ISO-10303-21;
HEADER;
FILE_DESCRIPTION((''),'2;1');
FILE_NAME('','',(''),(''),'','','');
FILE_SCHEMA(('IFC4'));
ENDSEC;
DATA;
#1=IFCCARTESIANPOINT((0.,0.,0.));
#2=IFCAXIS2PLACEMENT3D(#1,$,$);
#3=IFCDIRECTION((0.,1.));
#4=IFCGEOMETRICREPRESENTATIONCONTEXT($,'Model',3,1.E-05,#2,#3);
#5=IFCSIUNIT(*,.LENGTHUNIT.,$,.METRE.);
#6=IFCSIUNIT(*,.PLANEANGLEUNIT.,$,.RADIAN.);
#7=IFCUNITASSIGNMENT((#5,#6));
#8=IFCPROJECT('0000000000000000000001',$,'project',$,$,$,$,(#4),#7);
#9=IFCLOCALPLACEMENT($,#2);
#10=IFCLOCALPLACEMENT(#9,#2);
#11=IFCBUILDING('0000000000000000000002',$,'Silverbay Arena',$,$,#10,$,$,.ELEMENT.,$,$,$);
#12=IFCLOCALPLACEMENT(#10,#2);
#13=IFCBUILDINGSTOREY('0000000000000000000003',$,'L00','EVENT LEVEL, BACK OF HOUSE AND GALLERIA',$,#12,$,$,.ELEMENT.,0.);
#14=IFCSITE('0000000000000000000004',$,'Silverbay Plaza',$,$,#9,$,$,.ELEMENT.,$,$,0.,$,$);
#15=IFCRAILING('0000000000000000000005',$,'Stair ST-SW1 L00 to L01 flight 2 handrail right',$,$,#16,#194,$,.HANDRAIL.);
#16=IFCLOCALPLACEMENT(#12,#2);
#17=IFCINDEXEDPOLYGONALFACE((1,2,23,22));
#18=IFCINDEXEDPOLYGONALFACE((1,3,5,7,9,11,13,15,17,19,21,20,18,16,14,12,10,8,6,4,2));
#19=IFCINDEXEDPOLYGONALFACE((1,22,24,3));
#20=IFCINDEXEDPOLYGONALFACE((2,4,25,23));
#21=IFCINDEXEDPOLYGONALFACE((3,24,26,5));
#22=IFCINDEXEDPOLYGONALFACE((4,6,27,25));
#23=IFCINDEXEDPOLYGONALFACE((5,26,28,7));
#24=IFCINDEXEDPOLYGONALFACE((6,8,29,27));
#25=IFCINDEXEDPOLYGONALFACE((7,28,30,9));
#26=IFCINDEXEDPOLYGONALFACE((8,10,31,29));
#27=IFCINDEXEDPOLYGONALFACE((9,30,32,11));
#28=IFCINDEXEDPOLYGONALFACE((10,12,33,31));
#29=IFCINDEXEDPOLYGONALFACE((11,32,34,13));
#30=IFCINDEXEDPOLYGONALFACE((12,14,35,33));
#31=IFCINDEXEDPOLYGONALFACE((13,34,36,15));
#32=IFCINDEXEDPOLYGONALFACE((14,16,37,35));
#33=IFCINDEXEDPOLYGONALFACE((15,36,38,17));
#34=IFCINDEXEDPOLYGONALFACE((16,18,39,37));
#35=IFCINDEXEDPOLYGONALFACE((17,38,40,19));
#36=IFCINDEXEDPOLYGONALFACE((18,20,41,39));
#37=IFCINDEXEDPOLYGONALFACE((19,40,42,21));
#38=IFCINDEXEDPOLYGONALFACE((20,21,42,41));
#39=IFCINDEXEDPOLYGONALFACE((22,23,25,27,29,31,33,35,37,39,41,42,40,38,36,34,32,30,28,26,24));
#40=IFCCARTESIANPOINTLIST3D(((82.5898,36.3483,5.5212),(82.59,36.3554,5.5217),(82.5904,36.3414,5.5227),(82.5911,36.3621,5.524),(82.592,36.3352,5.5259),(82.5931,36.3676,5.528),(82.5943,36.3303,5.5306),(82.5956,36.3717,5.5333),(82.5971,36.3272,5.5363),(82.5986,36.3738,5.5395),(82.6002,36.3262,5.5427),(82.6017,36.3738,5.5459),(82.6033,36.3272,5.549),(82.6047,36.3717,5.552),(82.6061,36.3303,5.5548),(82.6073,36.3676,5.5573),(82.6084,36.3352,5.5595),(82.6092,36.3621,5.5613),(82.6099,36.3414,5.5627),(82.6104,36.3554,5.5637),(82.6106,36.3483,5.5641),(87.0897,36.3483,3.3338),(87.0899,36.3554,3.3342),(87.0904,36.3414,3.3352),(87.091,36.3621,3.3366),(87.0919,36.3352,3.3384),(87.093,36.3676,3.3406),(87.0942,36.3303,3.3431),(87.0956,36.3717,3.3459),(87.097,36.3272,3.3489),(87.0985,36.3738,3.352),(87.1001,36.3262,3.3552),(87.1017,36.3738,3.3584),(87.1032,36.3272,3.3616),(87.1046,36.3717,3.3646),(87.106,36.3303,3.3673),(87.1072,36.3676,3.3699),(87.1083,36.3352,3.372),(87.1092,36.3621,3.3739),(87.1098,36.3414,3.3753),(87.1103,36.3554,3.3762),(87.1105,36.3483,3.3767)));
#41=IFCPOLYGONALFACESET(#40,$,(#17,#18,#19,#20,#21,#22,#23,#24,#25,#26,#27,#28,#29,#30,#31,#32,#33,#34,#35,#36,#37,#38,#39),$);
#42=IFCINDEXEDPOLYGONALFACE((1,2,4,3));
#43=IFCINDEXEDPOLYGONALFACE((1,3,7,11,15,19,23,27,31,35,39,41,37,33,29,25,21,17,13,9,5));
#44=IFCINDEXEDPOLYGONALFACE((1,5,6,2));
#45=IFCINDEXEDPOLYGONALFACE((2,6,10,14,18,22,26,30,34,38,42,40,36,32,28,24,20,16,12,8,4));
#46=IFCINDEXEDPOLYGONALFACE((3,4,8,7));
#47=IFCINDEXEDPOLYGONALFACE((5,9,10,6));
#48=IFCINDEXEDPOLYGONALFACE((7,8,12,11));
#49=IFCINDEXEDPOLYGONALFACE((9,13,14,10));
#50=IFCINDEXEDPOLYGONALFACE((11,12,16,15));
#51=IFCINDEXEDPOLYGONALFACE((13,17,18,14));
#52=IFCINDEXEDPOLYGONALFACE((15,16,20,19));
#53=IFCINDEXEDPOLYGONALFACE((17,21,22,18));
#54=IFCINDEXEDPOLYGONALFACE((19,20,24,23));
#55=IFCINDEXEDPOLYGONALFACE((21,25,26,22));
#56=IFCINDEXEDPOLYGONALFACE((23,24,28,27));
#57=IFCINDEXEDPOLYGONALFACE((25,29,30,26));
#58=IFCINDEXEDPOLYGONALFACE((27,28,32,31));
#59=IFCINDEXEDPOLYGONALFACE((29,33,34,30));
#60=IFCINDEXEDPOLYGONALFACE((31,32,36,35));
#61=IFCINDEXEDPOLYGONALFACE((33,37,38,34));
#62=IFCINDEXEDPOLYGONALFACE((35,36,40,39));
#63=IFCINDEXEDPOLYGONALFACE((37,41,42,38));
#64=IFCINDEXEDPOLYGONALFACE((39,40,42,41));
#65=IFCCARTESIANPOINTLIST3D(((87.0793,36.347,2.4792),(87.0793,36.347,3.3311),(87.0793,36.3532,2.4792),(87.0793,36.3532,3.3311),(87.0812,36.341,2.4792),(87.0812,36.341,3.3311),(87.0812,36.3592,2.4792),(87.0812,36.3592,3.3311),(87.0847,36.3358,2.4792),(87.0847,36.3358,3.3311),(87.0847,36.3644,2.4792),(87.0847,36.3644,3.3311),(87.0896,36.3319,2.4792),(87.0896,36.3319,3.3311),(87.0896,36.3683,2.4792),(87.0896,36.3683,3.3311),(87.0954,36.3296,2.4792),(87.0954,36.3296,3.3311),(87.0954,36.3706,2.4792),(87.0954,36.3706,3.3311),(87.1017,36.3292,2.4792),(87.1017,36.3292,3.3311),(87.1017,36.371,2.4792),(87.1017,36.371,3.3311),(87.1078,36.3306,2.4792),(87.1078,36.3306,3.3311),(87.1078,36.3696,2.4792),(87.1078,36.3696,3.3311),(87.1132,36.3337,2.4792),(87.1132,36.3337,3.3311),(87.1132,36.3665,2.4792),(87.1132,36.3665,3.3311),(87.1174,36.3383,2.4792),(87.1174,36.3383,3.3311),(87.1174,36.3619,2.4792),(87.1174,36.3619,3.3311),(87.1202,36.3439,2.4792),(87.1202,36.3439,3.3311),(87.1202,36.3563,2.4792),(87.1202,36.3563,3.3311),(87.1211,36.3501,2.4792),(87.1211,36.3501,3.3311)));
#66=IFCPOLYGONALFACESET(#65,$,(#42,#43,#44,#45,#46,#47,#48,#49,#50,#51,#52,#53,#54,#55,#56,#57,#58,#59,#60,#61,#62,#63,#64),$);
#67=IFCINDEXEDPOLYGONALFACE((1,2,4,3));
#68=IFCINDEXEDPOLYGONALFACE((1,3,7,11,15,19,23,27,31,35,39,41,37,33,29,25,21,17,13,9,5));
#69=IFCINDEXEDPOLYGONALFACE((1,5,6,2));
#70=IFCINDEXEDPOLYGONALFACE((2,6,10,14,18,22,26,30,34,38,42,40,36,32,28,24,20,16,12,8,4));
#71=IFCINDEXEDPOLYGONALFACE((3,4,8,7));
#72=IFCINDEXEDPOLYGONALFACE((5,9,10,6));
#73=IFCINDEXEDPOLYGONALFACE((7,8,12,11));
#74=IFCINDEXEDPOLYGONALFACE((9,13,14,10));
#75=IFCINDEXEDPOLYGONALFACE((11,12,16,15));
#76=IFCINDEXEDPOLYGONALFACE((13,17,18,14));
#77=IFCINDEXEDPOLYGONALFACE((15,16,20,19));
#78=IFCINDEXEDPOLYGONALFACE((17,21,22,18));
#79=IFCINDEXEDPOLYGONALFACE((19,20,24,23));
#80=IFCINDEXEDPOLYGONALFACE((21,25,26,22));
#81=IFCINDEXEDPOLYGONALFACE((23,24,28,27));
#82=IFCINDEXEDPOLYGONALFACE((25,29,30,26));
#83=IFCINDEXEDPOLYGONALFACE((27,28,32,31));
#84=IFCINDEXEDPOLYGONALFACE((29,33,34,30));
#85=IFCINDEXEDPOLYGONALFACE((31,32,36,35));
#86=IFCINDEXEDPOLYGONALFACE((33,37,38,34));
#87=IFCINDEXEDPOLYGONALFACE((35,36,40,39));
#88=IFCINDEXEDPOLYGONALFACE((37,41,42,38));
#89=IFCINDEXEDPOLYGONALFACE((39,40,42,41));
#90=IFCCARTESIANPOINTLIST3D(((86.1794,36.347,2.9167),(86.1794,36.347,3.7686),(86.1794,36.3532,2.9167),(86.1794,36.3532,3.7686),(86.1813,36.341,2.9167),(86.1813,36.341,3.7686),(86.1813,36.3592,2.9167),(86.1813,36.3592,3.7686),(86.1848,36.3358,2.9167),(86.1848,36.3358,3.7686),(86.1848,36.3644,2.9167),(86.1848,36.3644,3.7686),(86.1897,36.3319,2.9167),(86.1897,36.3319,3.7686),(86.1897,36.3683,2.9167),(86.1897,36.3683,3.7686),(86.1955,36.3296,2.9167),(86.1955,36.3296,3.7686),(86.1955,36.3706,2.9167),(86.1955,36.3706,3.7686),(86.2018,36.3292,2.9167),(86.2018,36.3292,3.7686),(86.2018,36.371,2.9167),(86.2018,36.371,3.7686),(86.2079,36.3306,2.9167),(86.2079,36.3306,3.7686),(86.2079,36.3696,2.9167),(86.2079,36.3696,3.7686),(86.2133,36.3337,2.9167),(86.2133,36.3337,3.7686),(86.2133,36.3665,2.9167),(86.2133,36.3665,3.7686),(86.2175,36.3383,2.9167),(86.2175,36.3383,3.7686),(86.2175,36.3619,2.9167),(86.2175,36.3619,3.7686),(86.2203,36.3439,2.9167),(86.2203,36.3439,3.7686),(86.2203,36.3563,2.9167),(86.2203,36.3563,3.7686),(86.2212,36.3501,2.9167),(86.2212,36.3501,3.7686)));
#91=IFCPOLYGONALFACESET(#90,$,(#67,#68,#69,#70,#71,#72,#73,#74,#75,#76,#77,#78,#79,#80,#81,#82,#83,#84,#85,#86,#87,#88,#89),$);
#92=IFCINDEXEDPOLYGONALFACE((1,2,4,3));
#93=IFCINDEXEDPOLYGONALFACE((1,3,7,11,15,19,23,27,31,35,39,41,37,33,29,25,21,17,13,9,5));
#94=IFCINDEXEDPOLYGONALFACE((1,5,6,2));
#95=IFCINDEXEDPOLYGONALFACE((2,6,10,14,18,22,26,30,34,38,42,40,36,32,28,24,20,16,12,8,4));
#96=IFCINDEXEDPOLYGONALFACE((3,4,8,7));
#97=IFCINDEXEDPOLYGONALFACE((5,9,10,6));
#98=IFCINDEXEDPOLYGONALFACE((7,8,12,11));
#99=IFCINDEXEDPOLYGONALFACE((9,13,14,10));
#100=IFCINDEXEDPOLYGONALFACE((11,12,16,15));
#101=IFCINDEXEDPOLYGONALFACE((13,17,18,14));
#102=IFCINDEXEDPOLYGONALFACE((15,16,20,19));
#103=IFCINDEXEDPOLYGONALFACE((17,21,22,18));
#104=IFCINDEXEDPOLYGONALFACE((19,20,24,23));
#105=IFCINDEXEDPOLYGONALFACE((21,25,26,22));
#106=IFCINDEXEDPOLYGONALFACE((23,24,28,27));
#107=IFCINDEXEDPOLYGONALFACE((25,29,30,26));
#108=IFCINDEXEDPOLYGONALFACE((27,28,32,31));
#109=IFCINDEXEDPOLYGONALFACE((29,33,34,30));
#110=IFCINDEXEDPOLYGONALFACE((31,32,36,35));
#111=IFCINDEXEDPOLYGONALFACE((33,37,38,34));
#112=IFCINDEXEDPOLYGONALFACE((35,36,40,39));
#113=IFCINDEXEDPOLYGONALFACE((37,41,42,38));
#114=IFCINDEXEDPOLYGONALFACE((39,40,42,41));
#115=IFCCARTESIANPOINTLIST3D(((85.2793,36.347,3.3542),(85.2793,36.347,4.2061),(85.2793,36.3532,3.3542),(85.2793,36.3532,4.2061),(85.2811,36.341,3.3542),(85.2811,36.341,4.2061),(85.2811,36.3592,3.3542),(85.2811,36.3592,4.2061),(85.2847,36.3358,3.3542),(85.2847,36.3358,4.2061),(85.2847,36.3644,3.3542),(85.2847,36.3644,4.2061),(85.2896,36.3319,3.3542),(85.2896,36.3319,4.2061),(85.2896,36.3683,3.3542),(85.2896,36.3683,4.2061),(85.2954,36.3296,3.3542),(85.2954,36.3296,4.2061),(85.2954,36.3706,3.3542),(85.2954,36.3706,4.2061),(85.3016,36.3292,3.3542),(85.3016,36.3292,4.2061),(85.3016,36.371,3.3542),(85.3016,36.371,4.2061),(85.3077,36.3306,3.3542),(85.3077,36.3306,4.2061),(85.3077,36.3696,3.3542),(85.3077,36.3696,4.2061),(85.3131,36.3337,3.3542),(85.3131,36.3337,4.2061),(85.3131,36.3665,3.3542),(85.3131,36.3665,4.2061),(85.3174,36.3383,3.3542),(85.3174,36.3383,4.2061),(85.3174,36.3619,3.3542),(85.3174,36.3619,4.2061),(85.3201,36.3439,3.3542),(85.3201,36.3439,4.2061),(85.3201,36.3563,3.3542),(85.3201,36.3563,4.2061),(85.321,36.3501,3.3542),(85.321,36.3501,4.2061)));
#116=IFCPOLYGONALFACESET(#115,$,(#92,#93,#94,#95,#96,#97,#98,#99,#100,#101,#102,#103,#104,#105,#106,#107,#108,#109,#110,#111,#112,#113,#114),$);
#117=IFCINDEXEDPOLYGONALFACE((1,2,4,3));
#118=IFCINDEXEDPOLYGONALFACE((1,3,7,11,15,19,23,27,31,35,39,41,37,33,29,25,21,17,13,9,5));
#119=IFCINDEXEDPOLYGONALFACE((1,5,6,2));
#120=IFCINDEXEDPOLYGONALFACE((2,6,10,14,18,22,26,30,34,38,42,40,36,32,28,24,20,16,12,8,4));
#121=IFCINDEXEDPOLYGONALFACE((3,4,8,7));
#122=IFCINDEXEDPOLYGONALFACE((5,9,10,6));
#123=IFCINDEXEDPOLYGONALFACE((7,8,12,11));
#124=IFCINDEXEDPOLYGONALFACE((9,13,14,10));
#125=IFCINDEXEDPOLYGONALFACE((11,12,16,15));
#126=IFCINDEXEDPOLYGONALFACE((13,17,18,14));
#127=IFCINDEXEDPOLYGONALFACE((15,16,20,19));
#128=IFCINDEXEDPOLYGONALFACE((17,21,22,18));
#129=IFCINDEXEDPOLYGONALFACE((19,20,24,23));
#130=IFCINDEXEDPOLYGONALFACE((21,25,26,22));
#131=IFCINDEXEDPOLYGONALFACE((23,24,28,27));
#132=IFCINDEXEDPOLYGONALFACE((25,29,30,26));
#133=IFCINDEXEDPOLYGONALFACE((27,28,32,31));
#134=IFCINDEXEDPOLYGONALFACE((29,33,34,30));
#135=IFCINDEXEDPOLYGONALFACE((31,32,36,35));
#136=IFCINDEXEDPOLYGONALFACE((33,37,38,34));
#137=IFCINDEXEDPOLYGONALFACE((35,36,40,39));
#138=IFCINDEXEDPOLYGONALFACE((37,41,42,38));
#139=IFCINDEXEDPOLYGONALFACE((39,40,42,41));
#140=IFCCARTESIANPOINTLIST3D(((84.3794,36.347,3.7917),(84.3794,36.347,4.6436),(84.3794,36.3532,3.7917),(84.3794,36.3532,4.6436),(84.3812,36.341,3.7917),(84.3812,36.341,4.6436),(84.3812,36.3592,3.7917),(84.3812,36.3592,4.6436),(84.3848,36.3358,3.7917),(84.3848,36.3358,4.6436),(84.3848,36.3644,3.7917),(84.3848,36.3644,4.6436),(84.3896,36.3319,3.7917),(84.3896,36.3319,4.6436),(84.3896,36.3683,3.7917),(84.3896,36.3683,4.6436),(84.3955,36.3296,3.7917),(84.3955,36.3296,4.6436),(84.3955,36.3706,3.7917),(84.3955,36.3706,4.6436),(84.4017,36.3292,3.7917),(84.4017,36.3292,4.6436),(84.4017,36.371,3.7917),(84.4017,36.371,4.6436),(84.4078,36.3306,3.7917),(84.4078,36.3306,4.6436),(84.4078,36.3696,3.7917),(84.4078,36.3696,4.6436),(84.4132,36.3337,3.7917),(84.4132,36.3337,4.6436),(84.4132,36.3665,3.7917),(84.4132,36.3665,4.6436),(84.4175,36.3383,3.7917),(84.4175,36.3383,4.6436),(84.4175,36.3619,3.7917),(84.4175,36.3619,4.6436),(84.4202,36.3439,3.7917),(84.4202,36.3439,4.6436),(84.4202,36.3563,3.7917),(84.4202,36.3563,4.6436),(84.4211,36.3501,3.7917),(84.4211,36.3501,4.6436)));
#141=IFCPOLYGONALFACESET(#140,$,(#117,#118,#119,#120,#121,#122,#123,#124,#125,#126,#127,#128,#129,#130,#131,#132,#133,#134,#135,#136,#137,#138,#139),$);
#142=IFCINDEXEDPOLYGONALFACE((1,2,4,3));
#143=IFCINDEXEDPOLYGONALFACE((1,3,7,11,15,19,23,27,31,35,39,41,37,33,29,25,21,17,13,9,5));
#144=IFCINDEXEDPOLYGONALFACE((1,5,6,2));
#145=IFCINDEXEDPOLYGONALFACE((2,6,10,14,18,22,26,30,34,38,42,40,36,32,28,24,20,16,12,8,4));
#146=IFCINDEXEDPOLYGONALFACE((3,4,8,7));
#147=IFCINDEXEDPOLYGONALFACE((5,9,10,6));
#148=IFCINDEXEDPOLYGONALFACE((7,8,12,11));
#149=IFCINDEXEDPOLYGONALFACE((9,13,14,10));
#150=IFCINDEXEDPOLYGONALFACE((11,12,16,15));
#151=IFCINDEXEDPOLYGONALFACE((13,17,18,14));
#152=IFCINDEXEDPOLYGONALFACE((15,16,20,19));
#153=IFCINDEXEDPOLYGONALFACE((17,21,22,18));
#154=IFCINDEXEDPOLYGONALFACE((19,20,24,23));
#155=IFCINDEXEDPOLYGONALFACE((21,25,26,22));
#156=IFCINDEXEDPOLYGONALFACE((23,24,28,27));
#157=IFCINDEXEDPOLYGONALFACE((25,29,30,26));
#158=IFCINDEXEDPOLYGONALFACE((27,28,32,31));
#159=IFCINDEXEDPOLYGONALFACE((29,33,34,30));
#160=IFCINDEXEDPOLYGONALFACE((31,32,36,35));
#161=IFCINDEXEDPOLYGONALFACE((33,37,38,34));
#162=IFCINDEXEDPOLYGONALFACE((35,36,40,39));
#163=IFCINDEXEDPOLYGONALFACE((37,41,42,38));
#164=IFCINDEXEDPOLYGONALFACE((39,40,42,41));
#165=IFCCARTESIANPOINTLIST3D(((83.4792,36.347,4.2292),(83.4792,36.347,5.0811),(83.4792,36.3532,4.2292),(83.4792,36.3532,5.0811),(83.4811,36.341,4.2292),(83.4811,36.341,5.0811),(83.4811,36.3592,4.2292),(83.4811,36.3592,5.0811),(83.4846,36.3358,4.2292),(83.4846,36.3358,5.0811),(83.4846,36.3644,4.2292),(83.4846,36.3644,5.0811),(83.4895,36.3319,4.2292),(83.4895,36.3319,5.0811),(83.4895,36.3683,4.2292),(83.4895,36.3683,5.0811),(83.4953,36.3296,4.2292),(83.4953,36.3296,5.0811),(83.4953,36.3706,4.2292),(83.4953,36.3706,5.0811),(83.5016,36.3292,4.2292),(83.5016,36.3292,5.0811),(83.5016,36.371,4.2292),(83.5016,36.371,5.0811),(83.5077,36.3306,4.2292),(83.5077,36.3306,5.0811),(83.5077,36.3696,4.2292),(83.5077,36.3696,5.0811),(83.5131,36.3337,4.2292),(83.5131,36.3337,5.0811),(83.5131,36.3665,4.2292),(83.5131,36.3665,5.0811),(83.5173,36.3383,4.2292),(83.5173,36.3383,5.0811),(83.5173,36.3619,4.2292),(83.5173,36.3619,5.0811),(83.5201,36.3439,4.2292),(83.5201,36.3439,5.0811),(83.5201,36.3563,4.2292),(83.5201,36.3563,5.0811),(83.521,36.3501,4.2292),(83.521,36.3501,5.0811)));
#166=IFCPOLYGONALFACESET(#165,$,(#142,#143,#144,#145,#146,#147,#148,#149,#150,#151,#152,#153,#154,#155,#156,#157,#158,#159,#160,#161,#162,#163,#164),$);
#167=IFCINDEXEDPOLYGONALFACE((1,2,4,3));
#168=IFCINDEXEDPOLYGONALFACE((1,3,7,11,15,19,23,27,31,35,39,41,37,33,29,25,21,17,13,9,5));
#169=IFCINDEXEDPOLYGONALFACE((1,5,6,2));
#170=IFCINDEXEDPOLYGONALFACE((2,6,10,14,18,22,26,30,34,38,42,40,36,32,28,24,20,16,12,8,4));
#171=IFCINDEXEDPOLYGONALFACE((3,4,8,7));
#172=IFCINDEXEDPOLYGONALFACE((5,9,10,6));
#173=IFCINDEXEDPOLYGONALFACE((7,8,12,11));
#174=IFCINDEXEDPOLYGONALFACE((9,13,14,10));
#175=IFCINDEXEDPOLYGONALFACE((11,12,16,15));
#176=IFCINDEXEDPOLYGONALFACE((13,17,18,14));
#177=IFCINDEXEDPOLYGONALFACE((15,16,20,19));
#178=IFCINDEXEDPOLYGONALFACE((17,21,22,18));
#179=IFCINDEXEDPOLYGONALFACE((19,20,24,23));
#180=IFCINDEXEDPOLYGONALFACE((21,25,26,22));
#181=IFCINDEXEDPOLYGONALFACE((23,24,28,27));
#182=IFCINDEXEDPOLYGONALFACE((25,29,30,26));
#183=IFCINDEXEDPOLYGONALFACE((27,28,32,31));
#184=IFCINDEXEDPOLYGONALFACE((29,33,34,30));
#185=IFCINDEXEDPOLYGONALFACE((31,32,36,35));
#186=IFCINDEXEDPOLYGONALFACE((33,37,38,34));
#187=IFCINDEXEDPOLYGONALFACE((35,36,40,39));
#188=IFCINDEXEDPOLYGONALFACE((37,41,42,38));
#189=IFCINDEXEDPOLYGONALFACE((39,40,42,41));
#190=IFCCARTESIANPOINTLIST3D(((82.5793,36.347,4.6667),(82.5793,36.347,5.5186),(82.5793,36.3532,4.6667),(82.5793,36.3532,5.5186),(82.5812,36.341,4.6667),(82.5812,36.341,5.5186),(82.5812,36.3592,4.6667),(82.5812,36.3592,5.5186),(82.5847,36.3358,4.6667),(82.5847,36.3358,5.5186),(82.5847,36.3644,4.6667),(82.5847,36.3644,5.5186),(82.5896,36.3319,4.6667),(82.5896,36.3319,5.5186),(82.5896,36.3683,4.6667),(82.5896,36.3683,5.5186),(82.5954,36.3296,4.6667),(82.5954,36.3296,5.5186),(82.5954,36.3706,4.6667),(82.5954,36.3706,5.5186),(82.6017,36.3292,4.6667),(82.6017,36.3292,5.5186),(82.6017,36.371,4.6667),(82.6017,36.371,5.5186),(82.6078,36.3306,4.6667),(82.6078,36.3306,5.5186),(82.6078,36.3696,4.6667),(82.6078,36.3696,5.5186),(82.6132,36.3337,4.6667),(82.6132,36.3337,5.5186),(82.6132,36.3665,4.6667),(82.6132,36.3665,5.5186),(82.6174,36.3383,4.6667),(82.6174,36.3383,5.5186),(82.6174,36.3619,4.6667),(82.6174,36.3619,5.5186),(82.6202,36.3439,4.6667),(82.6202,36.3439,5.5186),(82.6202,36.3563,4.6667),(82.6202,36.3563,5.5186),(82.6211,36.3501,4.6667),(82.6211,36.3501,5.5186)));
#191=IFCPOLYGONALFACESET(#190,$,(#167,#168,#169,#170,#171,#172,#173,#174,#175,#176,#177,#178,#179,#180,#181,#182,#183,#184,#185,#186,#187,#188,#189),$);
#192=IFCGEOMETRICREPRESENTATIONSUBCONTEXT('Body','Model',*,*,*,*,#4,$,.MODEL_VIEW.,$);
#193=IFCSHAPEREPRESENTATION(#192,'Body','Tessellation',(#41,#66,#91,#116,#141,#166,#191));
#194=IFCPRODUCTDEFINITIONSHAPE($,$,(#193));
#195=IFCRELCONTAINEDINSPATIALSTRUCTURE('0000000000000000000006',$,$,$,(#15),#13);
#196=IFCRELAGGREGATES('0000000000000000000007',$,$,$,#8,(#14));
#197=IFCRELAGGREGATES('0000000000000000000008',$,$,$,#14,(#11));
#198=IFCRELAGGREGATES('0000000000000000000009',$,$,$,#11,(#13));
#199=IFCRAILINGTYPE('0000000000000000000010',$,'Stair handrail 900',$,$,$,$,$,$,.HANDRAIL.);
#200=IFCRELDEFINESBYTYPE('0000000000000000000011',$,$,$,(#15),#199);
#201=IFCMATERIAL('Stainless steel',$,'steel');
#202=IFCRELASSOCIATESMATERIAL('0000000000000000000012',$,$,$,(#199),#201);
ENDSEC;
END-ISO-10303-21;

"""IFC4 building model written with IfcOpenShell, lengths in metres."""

from ifc_helpers import new_model, si_unit, direction, frame, origin, origin_2d, place, context, subcontext, project, spatial, circle, extrude, material, type_object, element, save


model = new_model("IFC4")

# Units and contexts
model_context = context("Model", 3, precision=1e-05, world=origin(), true_north=direction((0.0, 1.0)))
body_context = subcontext(model_context, "Body", "Model", "MODEL_VIEW")
ifc_project = project(units=[si_unit("LENGTHUNIT", "METRE"), si_unit("PLANEANGLEUNIT", "RADIAN")], contexts=[model_context])

# Site, building, storey
site_placement = place(None, origin())
site = spatial("IfcSite", under=ifc_project, at=site_placement, Name="Silverbay Plaza", CompositionType="ELEMENT", RefElevation=0.0)
building_placement = place(site_placement, origin())
building = spatial("IfcBuilding", under=site, at=building_placement, Name="Silverbay Arena", CompositionType="ELEMENT")
storey_placement = place(building_placement, origin())
storey = spatial("IfcBuildingStorey", under=building, at=storey_placement, Name="L00", Description="EVENT LEVEL, BACK OF HOUSE AND GALLERIA", CompositionType="ELEMENT", Elevation=0.0)

# Railing
ifc_material_1 = material(Name="Stainless steel", Category="steel")
railing_type_1 = type_object("IfcRailingType", Name="Stair handrail 900", PredefinedType="HANDRAIL", material=ifc_material_1)
railing_1_placement = place(storey_placement, frame((87.1001, 36.3501, 2.4792)))
element("IfcRailing", 1, at=railing_1_placement, inside=storey, type_object=railing_type_1, Name="Stair ST-SW1 L00 to L01 flight 2 handrail right", PredefinedType="HANDRAIL", context=body_context, shape_type="SweptSolid", body=[
    extrude(circle(Radius=0.0239, at=origin_2d()), frame((0.0, 0.0, 0.876), z_axis=(-0.899368, 0.0, 0.437193), x_axis=(0.0, -1.0, 0.0)), (0.0, 0.0, 1.0), 5.0034),
    extrude(circle(Radius=0.021, at=origin_2d()), origin(), (0.0, 0.0, 1.0), 0.8518),
    extrude(circle(Radius=0.021, at=origin_2d()), frame((-0.8999, 0.0, 0.4375)), (0.0, 0.0, 1.0), 0.8518),
    extrude(circle(Radius=0.021, at=origin_2d()), frame((-1.8, 0.0, 0.875)), (0.0, 0.0, 1.0), 0.8518),
    extrude(circle(Radius=0.021, at=origin_2d()), frame((-2.7, 0.0, 1.3125)), (0.0, 0.0, 1.0), 0.8518),
    extrude(circle(Radius=0.021, at=origin_2d()), frame((-3.6001, 0.0, 1.75)), (0.0, 0.0, 1.0), 0.8518),
    extrude(circle(Radius=0.021, at=origin_2d()), frame((-4.5, 0.0, 2.1875)), (0.0, 0.0, 1.0), 0.8518),
])

save(model, "model.ifc")
